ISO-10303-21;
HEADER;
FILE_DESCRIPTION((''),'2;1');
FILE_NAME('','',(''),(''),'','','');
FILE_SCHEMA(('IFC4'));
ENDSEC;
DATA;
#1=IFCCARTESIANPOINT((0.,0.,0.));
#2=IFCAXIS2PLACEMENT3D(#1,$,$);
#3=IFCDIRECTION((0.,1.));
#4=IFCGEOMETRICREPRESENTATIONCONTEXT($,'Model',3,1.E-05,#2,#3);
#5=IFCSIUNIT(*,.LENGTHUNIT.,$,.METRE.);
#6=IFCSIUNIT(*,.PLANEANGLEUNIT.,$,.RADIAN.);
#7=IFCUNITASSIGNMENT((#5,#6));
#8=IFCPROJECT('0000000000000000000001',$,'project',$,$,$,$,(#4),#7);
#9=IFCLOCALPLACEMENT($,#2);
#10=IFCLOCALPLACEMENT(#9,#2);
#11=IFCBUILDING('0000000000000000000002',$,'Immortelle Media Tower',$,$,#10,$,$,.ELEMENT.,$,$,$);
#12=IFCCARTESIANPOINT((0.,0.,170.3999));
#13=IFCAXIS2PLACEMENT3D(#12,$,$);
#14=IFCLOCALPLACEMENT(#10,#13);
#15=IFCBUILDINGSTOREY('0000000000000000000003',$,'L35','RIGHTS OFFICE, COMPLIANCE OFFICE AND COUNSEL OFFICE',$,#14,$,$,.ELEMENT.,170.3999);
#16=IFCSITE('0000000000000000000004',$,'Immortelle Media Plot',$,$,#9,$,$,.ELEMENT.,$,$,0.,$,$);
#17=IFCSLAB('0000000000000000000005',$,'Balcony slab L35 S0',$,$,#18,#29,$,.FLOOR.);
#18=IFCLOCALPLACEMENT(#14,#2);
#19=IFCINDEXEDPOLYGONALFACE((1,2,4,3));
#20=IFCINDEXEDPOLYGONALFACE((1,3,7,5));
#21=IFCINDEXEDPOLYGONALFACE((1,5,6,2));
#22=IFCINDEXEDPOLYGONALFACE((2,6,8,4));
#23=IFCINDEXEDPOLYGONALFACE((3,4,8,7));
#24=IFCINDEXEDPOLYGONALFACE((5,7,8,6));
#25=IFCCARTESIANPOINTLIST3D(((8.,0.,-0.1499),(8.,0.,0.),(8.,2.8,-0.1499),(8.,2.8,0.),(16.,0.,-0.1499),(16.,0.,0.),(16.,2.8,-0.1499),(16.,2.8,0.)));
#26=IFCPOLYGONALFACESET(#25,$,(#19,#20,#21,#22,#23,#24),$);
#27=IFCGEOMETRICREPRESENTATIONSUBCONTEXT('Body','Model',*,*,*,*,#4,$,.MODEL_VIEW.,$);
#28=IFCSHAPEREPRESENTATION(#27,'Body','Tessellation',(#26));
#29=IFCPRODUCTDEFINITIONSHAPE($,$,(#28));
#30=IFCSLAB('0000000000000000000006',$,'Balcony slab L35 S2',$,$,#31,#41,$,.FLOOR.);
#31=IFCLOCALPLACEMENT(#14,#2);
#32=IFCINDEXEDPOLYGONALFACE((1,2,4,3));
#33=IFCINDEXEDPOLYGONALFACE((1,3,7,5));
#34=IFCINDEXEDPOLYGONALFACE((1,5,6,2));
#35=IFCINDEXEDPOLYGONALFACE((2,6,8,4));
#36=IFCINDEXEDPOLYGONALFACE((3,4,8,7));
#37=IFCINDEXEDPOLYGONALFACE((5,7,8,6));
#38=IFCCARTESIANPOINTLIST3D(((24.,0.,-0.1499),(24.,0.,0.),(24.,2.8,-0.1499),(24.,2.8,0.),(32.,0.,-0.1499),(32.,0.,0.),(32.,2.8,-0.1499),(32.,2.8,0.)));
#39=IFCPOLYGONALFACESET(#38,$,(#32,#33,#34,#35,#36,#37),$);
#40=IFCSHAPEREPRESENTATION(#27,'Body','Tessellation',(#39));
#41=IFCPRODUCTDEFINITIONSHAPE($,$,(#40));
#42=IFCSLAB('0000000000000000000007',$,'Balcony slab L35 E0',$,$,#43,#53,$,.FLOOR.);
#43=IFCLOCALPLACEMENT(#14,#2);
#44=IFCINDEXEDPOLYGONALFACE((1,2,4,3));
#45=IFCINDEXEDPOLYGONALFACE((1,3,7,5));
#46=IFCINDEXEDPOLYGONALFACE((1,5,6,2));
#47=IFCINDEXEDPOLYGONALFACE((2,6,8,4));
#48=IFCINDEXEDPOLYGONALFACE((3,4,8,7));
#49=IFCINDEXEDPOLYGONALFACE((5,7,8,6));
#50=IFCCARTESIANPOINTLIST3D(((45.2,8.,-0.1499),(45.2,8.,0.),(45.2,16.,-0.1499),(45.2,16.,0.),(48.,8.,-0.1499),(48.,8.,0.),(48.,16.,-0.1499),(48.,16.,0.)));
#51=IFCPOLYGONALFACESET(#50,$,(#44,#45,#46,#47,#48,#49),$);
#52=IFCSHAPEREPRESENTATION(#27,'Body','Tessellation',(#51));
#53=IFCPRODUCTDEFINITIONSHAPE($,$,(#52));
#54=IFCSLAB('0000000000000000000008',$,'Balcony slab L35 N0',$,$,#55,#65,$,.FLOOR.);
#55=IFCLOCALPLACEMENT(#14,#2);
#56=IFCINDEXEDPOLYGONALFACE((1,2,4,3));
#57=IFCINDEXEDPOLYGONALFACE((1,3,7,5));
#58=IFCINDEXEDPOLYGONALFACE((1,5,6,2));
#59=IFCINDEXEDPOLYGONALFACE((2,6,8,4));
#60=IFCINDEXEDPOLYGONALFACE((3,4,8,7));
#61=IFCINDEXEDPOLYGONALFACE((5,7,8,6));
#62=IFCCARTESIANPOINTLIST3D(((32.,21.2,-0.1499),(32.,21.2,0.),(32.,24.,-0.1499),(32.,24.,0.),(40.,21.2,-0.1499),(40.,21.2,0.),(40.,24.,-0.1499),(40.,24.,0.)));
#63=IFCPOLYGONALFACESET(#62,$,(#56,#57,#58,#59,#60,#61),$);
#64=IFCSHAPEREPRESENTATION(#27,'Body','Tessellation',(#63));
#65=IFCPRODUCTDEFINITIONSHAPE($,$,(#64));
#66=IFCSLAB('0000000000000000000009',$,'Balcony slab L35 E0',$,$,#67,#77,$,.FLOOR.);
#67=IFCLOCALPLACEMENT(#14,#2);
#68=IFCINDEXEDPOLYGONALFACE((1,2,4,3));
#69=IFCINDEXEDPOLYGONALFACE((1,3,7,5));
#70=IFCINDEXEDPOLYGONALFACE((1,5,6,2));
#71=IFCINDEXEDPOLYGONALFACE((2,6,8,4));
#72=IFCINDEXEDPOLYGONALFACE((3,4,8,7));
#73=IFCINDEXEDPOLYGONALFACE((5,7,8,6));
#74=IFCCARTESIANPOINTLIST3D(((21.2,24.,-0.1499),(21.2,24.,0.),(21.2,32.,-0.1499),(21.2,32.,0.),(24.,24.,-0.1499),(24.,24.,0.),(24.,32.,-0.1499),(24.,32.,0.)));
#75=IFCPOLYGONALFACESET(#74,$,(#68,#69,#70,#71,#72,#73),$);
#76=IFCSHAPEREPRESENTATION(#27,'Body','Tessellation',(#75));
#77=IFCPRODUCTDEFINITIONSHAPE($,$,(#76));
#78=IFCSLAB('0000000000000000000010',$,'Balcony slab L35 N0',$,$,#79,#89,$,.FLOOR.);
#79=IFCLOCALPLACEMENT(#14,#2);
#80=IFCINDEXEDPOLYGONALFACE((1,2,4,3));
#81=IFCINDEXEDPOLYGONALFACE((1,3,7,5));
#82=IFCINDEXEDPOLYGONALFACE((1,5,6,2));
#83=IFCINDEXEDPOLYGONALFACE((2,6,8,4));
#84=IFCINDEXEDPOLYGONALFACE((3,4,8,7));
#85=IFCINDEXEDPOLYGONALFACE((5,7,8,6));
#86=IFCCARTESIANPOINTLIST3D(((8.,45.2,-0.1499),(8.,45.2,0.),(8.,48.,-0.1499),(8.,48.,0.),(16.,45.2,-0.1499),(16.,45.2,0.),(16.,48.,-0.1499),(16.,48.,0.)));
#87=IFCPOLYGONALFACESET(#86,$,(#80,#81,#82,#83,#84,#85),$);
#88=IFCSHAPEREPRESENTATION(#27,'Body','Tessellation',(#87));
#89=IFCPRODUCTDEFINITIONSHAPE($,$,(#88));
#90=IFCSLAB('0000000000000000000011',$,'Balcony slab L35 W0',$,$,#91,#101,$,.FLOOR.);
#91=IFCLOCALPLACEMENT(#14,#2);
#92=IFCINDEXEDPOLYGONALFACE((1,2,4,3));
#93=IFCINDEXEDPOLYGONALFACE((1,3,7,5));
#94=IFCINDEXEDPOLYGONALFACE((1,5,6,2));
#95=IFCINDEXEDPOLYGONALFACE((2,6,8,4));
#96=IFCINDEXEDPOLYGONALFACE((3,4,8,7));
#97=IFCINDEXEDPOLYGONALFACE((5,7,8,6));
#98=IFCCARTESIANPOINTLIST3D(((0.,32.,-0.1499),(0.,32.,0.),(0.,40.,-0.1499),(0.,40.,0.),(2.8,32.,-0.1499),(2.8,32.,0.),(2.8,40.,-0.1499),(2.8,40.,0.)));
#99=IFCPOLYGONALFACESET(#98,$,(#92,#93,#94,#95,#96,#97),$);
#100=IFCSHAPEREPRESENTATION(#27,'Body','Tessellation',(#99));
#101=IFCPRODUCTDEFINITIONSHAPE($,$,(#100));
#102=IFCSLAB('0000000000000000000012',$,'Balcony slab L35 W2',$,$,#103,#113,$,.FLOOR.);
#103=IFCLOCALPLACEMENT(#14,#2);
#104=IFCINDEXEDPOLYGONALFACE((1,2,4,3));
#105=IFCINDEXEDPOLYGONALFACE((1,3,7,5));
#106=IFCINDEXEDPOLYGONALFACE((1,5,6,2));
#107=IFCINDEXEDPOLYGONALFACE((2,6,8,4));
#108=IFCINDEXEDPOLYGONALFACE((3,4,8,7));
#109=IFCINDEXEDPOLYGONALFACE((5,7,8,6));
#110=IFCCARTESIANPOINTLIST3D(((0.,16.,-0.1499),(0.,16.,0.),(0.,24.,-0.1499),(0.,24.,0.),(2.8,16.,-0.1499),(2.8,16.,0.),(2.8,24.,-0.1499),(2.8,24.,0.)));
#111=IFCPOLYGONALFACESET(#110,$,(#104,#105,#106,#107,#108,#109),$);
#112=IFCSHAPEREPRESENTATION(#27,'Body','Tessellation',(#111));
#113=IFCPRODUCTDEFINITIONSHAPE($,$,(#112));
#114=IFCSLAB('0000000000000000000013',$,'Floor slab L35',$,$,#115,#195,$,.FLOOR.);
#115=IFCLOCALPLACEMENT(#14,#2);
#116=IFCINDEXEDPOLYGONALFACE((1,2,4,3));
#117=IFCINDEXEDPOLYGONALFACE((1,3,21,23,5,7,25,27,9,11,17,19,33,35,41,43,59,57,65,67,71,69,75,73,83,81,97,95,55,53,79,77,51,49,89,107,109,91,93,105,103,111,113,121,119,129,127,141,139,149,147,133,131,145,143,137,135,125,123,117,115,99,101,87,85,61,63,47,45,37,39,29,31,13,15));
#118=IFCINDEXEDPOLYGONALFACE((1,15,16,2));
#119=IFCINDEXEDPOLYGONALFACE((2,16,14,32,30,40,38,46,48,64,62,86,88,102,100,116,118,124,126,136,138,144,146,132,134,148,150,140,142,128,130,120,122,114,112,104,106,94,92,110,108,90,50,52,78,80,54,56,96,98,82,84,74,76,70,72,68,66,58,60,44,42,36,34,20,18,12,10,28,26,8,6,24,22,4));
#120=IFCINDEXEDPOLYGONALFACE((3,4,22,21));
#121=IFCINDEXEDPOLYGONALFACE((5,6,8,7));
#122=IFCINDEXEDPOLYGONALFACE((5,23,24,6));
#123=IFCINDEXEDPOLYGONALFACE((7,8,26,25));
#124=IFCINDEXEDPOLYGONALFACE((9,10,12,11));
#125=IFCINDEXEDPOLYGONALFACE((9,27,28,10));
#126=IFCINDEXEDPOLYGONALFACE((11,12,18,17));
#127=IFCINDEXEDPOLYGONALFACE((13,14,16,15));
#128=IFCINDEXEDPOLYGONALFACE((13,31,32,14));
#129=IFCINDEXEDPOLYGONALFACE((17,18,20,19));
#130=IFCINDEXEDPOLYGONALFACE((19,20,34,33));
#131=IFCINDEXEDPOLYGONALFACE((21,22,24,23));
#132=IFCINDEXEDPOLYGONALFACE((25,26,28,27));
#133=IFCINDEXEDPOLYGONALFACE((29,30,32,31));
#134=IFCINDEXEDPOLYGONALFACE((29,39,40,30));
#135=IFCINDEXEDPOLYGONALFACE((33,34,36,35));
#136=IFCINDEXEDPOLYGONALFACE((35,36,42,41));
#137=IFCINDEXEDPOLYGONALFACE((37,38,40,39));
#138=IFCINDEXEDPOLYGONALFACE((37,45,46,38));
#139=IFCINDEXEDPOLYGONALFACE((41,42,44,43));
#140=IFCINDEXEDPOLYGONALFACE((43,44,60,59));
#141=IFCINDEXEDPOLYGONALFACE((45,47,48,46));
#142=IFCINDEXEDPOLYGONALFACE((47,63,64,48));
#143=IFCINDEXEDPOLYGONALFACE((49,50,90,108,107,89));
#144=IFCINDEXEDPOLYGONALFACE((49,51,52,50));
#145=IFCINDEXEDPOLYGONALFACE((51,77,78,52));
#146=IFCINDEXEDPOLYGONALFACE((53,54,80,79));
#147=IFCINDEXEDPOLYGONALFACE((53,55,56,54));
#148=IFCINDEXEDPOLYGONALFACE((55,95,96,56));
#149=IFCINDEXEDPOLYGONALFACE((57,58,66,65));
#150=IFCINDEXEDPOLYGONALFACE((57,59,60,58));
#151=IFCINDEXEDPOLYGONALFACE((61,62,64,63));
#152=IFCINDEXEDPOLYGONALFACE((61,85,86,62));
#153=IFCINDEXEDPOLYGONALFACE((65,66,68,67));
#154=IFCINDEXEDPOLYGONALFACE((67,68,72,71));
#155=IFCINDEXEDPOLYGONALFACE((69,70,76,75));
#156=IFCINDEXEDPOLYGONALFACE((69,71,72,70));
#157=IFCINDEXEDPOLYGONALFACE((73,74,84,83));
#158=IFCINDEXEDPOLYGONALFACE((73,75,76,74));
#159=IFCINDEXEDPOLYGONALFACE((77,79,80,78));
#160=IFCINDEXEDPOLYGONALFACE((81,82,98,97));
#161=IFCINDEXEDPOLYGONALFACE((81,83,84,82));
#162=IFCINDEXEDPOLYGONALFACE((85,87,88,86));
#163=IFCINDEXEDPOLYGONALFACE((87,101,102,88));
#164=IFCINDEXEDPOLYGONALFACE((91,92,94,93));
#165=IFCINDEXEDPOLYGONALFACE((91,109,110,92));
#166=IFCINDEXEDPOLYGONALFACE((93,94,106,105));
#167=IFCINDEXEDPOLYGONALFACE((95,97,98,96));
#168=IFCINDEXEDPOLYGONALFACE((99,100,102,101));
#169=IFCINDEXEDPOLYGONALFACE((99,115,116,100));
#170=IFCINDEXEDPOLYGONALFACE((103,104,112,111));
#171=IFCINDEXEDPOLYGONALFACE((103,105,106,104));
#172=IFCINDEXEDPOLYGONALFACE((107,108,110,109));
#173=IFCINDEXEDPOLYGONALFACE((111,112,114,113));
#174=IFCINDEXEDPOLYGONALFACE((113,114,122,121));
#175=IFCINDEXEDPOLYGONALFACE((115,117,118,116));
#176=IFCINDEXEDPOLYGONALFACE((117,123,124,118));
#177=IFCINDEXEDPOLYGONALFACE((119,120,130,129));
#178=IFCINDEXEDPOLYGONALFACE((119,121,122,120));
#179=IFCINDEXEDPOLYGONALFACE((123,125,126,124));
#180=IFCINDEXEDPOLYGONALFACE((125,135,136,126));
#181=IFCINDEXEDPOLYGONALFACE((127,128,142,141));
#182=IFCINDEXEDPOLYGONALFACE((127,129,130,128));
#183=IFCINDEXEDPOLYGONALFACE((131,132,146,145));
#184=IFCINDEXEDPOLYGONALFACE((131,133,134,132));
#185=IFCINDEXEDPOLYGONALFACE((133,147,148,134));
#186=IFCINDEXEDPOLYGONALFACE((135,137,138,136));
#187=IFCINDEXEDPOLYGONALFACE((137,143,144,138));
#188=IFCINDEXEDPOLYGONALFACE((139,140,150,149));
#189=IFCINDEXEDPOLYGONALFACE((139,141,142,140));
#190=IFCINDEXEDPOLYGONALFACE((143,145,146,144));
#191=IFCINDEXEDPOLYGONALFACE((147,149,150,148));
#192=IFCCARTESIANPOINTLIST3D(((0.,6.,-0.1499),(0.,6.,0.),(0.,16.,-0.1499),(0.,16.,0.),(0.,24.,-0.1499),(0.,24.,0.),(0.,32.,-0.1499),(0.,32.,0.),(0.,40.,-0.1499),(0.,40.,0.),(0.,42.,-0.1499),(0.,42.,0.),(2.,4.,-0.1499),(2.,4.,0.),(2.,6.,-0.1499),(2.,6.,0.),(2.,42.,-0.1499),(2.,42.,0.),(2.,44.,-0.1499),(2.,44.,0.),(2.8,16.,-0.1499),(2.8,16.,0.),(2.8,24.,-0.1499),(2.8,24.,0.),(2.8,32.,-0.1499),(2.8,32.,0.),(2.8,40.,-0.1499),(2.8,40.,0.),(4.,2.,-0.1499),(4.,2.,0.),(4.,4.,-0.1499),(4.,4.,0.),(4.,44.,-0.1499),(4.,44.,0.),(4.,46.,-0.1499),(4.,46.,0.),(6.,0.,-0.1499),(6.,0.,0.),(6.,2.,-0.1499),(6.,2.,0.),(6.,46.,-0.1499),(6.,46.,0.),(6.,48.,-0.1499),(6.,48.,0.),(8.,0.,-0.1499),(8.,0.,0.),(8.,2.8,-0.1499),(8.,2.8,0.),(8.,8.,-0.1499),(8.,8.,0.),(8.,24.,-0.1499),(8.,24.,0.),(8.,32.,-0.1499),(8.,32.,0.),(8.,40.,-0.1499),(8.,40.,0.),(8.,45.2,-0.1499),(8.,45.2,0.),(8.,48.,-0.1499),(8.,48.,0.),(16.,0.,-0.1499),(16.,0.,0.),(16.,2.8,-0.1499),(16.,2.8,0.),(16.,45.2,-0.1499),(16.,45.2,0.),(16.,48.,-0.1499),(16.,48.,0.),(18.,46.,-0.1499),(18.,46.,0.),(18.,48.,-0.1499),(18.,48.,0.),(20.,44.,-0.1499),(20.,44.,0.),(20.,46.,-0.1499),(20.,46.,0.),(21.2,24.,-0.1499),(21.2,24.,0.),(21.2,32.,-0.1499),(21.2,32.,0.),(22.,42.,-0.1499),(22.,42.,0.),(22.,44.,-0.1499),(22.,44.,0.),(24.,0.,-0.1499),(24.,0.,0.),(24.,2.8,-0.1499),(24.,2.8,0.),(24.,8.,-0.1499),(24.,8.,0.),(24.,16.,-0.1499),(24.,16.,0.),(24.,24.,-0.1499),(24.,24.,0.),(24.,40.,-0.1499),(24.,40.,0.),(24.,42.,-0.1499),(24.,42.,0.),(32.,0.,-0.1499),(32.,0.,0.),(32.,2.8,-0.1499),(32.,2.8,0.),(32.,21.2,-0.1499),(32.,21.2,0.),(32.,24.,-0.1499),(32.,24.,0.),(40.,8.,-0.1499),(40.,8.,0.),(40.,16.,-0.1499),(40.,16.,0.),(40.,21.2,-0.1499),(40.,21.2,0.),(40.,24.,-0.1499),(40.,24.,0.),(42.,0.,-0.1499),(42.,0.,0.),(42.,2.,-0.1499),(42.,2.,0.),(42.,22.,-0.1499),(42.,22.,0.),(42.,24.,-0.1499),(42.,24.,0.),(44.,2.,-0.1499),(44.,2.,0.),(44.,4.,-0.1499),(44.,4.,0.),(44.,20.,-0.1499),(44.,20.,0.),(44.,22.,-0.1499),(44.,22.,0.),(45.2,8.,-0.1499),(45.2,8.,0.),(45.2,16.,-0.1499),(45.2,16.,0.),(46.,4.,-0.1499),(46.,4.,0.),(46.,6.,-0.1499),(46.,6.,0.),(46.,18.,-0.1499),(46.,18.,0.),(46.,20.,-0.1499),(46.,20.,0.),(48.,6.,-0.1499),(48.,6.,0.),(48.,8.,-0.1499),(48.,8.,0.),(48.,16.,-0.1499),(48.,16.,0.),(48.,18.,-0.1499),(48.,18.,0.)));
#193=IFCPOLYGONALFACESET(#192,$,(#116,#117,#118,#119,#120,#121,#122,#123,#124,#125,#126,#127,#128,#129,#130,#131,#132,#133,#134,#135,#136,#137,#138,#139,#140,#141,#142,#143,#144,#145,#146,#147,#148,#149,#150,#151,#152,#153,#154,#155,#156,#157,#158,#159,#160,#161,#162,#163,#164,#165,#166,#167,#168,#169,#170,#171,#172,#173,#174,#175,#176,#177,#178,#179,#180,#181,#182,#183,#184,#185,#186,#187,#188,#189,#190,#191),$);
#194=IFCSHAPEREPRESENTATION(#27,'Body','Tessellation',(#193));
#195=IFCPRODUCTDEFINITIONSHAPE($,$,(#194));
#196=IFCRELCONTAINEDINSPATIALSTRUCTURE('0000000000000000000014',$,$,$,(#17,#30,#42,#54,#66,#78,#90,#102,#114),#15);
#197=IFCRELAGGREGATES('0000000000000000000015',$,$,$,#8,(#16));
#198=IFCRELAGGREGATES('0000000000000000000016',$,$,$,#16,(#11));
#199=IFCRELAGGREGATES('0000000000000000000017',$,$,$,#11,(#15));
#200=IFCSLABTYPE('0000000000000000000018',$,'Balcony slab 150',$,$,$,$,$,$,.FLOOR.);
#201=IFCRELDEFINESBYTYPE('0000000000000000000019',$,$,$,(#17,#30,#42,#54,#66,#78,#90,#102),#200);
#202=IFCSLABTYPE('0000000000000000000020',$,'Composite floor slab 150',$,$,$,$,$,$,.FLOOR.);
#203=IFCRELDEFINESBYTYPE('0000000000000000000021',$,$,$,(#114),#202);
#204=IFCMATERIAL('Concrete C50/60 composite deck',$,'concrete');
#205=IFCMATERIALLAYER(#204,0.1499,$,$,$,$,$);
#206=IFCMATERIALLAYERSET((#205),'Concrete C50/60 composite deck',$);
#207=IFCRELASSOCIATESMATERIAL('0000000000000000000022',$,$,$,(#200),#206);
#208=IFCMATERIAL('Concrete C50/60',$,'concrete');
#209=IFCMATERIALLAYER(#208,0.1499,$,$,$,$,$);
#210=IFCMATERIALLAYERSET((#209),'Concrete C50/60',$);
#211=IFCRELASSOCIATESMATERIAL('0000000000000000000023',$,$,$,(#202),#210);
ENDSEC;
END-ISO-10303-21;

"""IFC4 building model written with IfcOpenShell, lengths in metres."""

from ifc_helpers import new_model, si_unit, direction, frame, origin, place, context, subcontext, project, spatial, polyline, outline, extrude, material, layer, layer_set, type_object, element, save


model = new_model("IFC4")

# Units and contexts
model_context = context("Model", 3, precision=1e-05, world=origin(), true_north=direction((0.0, 1.0)))
body_context = subcontext(model_context, "Body", "Model", "MODEL_VIEW")
ifc_project = project(units=[si_unit("LENGTHUNIT", "METRE"), si_unit("PLANEANGLEUNIT", "RADIAN")], contexts=[model_context])

# Site, building, storey
site_placement = place(None, origin())
site = spatial("IfcSite", under=ifc_project, at=site_placement, Name="Immortelle Media Plot", CompositionType="ELEMENT", RefElevation=0.0)
building_placement = place(site_placement, origin())
building = spatial("IfcBuilding", under=site, at=building_placement, Name="Immortelle Media Tower", CompositionType="ELEMENT")
storey_placement = place(building_placement, frame((0.0, 0.0, 170.3999)))
storey = spatial("IfcBuildingStorey", under=building, at=storey_placement, Name="L35", Description="RIGHTS OFFICE, COMPLIANCE OFFICE AND COUNSEL OFFICE", CompositionType="ELEMENT", Elevation=170.3999)

# Slabs
ifc_material_1 = material(Name="Concrete C50/60 composite deck", Category="concrete")
ifc_layer_1 = layer(ifc_material_1, 0.1499)
ifc_layer_set_1 = layer_set([ifc_layer_1], Name="Concrete C50/60 composite deck")
slab_type_1 = type_object("IfcSlabType", Name="Balcony slab 150", PredefinedType="FLOOR", material=ifc_layer_set_1)
slab_1_placement = place(storey_placement, frame((0.0, 0.0, -0.1499)))
element("IfcSlab", 1, at=slab_1_placement, inside=storey, type_object=slab_type_1, Name="Balcony slab L35 S0", PredefinedType="FLOOR", context=body_context, shape_type="SweptSolid", body=[
    extrude(outline(polyline([(16.0, 0.0), (16.0, 2.8), (8.0, 2.8), (8.0, 0.0), (16.0, 0.0)])), origin(), (0.0, 0.0, 1.0), 0.1499),
])
slab_2_placement = place(storey_placement, frame((0.0, 0.0, -0.1499)))
element("IfcSlab", 2, at=slab_2_placement, inside=storey, type_object=slab_type_1, Name="Balcony slab L35 S2", PredefinedType="FLOOR", context=body_context, shape_type="SweptSolid", body=[
    extrude(outline(polyline([(32.0, 0.0), (32.0, 2.8), (24.0, 2.8), (24.0, 0.0), (32.0, 0.0)])), origin(), (0.0, 0.0, 1.0), 0.1499),
])
slab_3_placement = place(storey_placement, frame((0.0, 0.0, -0.1499)))
element("IfcSlab", 3, at=slab_3_placement, inside=storey, type_object=slab_type_1, Name="Balcony slab L35 E0", PredefinedType="FLOOR", context=body_context, shape_type="SweptSolid", body=[
    extrude(outline(polyline([(48.0, 8.0), (48.0, 16.0), (45.2, 16.0), (45.2, 8.0), (48.0, 8.0)])), origin(), (0.0, 0.0, 1.0), 0.1499),
])
slab_4_placement = place(storey_placement, frame((0.0, 0.0, -0.1499)))
element("IfcSlab", 4, at=slab_4_placement, inside=storey, type_object=slab_type_1, Name="Balcony slab L35 N0", PredefinedType="FLOOR", context=body_context, shape_type="SweptSolid", body=[
    extrude(outline(polyline([(40.0, 21.2), (40.0, 24.0), (32.0, 24.0), (32.0, 21.2), (40.0, 21.2)])), origin(), (0.0, 0.0, 1.0), 0.1499),
])
slab_5_placement = place(storey_placement, frame((0.0, 0.0, -0.1499)))
element("IfcSlab", 5, at=slab_5_placement, inside=storey, type_object=slab_type_1, Name="Balcony slab L35 E0", PredefinedType="FLOOR", context=body_context, shape_type="SweptSolid", body=[
    extrude(outline(polyline([(24.0, 24.0), (24.0, 32.0), (21.2, 32.0), (21.2, 24.0), (24.0, 24.0)])), origin(), (0.0, 0.0, 1.0), 0.1499),
])
slab_6_placement = place(storey_placement, frame((0.0, 0.0, -0.1499)))
element("IfcSlab", 6, at=slab_6_placement, inside=storey, type_object=slab_type_1, Name="Balcony slab L35 N0", PredefinedType="FLOOR", context=body_context, shape_type="SweptSolid", body=[
    extrude(outline(polyline([(16.0, 45.2), (16.0, 48.0), (8.0, 48.0), (8.0, 45.2), (16.0, 45.2)])), origin(), (0.0, 0.0, 1.0), 0.1499),
])
slab_7_placement = place(storey_placement, frame((0.0, 0.0, -0.1499)))
element("IfcSlab", 7, at=slab_7_placement, inside=storey, type_object=slab_type_1, Name="Balcony slab L35 W0", PredefinedType="FLOOR", context=body_context, shape_type="SweptSolid", body=[
    extrude(outline(polyline([(2.8, 32.0), (2.8, 40.0), (0.0, 40.0), (0.0, 32.0), (2.8, 32.0)])), origin(), (0.0, 0.0, 1.0), 0.1499),
])
slab_8_placement = place(storey_placement, frame((0.0, 0.0, -0.1499)))
element("IfcSlab", 8, at=slab_8_placement, inside=storey, type_object=slab_type_1, Name="Balcony slab L35 W2", PredefinedType="FLOOR", context=body_context, shape_type="SweptSolid", body=[
    extrude(outline(polyline([(2.8, 16.0), (2.8, 24.0), (0.0, 24.0), (0.0, 16.0), (2.8, 16.0)])), origin(), (0.0, 0.0, 1.0), 0.1499),
])
ifc_material_2 = material(Name="Concrete C50/60", Category="concrete")
ifc_layer_2 = layer(ifc_material_2, 0.1499)
ifc_layer_set_2 = layer_set([ifc_layer_2], Name="Concrete C50/60")
slab_type_2 = type_object("IfcSlabType", Name="Composite floor slab 150", PredefinedType="FLOOR", material=ifc_layer_set_2)
slab_9_placement = place(storey_placement, frame((0.0, 0.0, -0.1499)))
element("IfcSlab", 9, at=slab_9_placement, inside=storey, type_object=slab_type_2, Name="Floor slab L35", PredefinedType="FLOOR", context=body_context, shape_type="SweptSolid", body=[
    extrude(outline(polyline([(6.0, 0.0), (6.0, 2.0), (4.0, 2.0), (4.0, 4.0), (2.0, 4.0), (2.0, 6.0), (0.0, 6.0), (0.0, 16.0), (2.8, 16.0), (2.8, 24.0), (0.0, 24.0), (0.0, 32.0), (2.8, 32.0), (2.8, 40.0), (0.0, 40.0), (0.0, 42.0), (2.0, 42.0), (2.0, 44.0), (4.0, 44.0), (4.0, 46.0), (6.0, 46.0), (6.0, 48.0), (8.0, 48.0), (8.0, 45.2), (16.0, 45.2), (16.0, 48.0), (18.0, 48.0), (18.0, 46.0), (20.0, 46.0), (20.0, 44.0), (22.0, 44.0), (22.0, 42.0), (24.0, 42.0), (24.0, 40.0), (8.0, 40.0), (8.0, 32.0), (21.2, 32.0), (21.2, 24.0), (8.0, 24.0), (8.0, 8.0), (24.0, 8.0), (40.0, 8.0), (40.0, 16.0), (24.0, 16.0), (24.0, 24.0), (32.0, 24.0), (32.0, 21.2), (40.0, 21.2), (40.0, 24.0), (42.0, 24.0), (42.0, 22.0), (44.0, 22.0), (44.0, 20.0), (46.0, 20.0), (46.0, 18.0), (48.0, 18.0), (48.0, 16.0), (45.2, 16.0), (45.2, 8.0), (48.0, 8.0), (48.0, 6.0), (46.0, 6.0), (46.0, 4.0), (44.0, 4.0), (44.0, 2.0), (42.0, 2.0), (42.0, 0.0), (32.0, 0.0), (32.0, 2.8), (24.0, 2.8), (24.0, 0.0), (16.0, 0.0), (16.0, 2.8), (8.0, 2.8), (8.0, 0.0), (6.0, 0.0)])), origin(), (0.0, 0.0, 1.0), 0.1499),
])

save(model, "model.ifc")
